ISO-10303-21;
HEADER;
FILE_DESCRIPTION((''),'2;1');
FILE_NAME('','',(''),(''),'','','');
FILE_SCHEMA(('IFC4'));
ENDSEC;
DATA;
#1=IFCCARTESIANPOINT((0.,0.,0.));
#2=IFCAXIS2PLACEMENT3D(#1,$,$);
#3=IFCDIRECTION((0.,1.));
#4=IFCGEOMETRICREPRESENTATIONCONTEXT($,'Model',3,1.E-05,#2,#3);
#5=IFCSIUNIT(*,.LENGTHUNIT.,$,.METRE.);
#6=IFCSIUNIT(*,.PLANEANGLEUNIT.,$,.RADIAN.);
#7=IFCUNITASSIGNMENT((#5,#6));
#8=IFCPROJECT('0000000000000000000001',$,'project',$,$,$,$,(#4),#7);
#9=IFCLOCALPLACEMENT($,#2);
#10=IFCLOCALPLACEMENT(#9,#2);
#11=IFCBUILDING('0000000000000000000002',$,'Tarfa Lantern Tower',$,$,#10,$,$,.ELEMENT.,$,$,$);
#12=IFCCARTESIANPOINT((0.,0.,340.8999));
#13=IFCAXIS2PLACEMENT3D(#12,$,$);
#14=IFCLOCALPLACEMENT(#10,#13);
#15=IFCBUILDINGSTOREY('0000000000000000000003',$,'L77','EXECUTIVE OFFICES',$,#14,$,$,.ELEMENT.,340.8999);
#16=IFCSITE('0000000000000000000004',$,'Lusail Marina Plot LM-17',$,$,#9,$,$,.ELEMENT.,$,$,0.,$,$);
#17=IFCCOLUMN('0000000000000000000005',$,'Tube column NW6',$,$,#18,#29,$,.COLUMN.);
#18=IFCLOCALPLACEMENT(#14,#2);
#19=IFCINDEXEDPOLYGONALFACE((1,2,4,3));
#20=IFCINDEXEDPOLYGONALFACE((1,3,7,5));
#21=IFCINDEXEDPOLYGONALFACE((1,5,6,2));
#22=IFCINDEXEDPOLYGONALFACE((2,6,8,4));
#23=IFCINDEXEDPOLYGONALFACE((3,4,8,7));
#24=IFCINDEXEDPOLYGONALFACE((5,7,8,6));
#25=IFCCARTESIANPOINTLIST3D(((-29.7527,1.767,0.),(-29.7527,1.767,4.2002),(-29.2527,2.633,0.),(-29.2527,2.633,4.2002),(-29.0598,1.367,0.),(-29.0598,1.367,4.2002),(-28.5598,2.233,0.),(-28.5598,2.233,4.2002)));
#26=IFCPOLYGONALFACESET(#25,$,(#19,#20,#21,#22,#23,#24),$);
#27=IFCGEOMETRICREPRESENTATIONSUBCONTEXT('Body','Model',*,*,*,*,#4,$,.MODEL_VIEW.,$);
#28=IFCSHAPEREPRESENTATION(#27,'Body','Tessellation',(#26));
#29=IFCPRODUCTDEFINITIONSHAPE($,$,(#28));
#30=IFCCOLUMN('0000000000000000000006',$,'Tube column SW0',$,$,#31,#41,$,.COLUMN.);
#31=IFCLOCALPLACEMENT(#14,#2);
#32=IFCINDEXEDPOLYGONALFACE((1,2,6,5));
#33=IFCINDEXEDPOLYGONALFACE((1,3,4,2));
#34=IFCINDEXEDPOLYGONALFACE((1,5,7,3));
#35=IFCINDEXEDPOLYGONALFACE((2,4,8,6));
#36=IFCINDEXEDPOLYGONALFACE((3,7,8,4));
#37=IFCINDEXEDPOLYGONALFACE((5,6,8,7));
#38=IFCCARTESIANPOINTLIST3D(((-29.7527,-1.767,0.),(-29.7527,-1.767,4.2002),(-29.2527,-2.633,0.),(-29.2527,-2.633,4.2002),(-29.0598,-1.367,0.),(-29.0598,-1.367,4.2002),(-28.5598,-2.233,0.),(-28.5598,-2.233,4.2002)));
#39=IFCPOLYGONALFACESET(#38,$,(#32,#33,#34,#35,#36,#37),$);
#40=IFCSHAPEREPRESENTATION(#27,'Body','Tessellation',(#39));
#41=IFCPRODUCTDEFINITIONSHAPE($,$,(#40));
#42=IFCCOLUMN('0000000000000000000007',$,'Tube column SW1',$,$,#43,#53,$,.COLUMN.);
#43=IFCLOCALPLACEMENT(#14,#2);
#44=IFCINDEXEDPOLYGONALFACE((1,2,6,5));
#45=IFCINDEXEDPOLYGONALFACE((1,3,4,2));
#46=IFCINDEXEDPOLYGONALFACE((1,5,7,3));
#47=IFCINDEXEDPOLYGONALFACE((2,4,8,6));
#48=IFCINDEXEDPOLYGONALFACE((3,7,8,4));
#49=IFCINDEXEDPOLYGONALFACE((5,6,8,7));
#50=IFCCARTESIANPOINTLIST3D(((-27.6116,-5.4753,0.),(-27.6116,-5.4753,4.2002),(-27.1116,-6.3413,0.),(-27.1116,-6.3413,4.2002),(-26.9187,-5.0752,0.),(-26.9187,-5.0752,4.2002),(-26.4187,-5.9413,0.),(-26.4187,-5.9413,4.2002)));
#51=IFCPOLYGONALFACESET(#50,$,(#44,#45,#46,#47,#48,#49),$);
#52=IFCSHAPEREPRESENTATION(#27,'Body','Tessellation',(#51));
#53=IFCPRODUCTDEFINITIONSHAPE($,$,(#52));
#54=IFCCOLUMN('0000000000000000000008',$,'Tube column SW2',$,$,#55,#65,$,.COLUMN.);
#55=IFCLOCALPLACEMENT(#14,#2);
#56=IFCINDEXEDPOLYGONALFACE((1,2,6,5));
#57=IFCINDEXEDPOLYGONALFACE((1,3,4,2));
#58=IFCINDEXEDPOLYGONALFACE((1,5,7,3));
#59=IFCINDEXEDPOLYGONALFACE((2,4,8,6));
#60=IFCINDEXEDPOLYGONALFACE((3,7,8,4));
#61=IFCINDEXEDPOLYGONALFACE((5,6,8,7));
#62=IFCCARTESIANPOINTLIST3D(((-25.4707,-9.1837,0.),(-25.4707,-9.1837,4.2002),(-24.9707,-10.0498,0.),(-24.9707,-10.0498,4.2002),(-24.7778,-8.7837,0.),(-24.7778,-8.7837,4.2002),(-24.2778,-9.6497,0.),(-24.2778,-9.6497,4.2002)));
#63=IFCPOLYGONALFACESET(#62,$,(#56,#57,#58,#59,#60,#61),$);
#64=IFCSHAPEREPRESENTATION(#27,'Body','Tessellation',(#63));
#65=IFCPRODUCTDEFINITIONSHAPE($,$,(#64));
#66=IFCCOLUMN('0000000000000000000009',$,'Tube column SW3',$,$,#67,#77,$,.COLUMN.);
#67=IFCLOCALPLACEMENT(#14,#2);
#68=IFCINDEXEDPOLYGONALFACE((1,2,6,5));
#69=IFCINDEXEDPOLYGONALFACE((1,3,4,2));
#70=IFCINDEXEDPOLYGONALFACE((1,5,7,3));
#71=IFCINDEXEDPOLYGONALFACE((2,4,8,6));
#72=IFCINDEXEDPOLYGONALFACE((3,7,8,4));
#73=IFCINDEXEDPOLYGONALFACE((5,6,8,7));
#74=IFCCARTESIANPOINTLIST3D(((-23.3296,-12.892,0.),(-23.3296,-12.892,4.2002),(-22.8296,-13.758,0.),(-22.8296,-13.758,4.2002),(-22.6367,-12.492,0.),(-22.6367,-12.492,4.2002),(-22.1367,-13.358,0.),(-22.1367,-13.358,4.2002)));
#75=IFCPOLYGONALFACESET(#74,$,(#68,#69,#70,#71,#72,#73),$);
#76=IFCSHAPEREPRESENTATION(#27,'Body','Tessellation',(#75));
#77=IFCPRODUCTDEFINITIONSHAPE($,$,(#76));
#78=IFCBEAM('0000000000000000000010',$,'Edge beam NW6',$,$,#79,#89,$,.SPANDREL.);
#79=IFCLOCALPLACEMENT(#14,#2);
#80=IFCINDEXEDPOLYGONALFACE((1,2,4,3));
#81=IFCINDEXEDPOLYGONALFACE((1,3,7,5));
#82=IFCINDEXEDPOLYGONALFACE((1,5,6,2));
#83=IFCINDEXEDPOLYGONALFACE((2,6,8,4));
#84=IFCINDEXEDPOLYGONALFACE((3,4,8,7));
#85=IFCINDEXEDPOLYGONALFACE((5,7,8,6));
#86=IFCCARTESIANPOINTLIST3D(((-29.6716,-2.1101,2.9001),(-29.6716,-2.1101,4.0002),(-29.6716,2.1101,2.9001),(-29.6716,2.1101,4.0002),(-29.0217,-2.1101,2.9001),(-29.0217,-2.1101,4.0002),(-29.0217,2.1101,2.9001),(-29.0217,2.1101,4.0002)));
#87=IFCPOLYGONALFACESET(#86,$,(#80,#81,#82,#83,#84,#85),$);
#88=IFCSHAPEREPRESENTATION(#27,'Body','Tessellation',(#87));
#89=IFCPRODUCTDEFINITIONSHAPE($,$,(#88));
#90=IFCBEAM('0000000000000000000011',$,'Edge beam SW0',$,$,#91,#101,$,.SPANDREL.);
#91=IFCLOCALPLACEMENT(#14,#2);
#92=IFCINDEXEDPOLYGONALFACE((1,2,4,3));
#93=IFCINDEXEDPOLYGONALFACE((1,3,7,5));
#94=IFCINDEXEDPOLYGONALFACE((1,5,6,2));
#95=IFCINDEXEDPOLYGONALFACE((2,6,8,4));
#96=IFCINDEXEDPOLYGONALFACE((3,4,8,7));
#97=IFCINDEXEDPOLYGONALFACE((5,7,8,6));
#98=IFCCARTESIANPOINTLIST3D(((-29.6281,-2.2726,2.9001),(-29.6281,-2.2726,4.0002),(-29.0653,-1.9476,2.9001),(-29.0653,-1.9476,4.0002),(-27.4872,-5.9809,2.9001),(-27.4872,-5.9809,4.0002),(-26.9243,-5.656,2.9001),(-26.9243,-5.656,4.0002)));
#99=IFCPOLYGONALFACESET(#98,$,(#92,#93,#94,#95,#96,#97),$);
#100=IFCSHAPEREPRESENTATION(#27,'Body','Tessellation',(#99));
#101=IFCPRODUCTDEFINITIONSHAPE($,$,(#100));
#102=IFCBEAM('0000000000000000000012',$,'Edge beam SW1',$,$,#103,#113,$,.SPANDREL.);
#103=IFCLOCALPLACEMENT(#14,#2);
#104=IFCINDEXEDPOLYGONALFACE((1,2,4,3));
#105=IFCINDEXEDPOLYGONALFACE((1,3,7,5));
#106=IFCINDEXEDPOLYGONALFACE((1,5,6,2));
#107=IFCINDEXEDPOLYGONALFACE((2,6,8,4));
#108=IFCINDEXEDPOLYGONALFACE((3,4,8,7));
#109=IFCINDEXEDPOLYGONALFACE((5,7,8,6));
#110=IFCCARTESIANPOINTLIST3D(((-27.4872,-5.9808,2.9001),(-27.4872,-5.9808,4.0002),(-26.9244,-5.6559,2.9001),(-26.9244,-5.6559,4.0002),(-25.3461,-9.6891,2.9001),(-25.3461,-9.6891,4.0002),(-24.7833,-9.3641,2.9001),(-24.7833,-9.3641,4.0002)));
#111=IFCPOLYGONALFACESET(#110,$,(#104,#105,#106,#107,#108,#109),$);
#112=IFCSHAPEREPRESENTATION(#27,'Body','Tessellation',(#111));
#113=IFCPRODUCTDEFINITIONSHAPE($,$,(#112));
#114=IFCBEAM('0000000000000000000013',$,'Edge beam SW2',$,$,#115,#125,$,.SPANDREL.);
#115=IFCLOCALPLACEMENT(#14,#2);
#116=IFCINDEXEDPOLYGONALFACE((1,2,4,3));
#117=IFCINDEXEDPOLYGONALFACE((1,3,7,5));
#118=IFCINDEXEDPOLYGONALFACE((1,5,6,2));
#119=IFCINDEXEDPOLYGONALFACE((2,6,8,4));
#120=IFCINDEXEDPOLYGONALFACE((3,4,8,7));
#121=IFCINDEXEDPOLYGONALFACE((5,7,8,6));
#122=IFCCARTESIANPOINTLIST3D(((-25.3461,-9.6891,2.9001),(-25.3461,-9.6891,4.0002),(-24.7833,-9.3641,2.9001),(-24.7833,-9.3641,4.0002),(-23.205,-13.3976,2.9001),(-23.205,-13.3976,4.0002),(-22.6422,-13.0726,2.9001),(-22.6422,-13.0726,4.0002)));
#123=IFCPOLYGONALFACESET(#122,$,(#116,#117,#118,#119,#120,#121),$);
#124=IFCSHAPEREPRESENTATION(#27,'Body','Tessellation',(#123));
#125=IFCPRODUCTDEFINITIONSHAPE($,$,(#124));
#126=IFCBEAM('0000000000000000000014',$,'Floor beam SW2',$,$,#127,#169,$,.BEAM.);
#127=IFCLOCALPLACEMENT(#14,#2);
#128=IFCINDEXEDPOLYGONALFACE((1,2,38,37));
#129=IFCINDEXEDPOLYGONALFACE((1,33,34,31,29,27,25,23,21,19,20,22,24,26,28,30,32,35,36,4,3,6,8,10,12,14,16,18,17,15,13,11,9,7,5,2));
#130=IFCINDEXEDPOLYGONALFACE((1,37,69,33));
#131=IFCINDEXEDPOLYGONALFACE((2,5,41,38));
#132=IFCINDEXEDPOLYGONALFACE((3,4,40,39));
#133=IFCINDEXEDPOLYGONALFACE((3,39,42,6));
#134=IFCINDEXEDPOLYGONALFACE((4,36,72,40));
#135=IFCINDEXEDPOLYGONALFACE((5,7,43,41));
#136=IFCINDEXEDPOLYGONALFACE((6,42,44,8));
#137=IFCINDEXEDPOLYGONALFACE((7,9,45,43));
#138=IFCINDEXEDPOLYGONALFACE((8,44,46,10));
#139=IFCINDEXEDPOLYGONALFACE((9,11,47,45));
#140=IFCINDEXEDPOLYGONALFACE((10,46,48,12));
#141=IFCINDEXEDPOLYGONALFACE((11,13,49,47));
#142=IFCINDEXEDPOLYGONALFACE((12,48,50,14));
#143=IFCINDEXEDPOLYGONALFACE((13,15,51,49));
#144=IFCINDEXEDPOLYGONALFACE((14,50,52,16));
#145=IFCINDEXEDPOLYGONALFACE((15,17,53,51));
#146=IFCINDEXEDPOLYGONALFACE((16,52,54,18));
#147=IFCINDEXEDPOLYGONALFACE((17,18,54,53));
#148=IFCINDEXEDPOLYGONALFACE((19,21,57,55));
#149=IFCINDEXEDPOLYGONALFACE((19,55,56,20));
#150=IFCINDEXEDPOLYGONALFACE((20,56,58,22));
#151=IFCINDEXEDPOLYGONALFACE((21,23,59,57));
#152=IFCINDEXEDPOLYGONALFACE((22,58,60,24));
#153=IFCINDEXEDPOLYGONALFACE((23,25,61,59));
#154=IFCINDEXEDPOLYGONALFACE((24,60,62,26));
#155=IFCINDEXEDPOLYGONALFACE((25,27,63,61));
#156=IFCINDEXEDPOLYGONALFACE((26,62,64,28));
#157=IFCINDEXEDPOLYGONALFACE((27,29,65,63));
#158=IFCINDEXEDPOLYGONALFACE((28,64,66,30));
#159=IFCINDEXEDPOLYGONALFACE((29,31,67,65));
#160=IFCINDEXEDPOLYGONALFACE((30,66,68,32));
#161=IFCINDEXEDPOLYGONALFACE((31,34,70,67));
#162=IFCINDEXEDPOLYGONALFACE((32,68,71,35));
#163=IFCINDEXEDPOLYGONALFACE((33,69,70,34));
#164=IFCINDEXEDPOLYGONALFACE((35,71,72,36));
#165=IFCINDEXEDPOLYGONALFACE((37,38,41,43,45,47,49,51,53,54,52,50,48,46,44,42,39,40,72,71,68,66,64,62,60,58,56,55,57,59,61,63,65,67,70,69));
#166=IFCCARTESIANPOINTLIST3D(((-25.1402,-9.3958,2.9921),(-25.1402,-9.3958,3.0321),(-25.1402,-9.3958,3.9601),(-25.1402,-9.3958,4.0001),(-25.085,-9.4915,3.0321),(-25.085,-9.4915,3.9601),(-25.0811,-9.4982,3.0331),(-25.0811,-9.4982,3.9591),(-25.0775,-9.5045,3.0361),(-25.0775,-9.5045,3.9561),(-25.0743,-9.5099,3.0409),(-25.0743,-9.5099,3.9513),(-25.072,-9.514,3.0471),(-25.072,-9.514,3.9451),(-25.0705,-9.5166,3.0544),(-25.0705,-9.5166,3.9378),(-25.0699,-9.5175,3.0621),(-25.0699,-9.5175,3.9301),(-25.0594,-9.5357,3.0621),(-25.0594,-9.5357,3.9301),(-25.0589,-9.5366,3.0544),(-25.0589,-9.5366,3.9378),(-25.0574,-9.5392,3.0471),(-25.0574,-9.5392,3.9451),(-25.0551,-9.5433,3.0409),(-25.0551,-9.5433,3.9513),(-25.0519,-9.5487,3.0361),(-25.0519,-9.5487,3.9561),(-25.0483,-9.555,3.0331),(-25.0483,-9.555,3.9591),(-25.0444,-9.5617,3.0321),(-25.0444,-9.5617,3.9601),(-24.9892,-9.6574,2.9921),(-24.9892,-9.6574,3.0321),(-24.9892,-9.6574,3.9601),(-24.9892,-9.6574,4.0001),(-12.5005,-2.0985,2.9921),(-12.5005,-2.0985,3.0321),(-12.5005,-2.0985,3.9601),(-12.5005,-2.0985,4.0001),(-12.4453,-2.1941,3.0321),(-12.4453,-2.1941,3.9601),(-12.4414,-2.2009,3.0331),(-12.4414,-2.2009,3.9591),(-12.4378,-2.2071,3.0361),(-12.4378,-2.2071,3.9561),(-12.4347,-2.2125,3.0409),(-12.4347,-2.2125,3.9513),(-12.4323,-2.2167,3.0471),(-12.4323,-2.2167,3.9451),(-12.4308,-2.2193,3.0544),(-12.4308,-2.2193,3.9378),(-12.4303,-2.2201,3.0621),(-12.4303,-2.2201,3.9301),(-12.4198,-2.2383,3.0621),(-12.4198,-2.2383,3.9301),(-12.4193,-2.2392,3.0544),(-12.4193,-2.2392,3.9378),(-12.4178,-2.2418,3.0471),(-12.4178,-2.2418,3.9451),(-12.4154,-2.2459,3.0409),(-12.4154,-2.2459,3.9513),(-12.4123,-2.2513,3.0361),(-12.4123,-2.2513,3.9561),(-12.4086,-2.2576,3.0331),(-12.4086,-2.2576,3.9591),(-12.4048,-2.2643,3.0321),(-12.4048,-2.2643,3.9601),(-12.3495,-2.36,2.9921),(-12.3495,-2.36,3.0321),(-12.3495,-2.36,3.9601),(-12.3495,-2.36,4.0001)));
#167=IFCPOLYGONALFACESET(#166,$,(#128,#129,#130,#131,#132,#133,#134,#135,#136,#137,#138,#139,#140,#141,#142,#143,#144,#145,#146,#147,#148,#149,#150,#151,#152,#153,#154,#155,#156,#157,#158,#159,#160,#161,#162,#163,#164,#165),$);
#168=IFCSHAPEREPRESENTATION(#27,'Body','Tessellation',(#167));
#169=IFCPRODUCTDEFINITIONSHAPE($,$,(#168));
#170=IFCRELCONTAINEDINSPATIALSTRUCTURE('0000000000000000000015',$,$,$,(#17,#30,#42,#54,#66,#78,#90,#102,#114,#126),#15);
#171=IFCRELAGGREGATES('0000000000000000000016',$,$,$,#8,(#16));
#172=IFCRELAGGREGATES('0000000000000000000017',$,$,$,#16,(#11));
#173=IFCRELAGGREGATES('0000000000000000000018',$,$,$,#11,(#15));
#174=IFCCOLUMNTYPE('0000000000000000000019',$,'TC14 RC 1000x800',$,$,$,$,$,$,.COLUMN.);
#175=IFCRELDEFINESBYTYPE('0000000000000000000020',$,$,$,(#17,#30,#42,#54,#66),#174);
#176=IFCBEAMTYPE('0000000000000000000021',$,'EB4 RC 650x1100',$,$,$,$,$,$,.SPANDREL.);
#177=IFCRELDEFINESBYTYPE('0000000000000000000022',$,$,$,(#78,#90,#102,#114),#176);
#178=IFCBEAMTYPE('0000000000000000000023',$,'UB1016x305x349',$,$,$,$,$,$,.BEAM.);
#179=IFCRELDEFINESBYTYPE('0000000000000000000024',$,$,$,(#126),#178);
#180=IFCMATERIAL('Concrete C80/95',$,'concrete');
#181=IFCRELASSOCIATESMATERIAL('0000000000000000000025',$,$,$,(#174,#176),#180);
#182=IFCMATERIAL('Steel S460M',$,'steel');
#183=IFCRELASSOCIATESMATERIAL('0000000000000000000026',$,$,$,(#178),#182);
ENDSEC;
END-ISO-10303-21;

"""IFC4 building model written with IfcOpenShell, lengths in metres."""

from ifc_helpers import new_model, si_unit, direction, frame, origin, origin_2d, place, context, subcontext, project, spatial, rectangle, i_section, extrude, material, material_profile, profile_set, type_object, element, save


model = new_model("IFC4")

# Units and contexts
model_context = context("Model", 3, precision=1e-05, world=origin(), true_north=direction((0.0, 1.0)))
body_context = subcontext(model_context, "Body", "Model", "MODEL_VIEW")
ifc_project = project(units=[si_unit("LENGTHUNIT", "METRE"), si_unit("PLANEANGLEUNIT", "RADIAN")], contexts=[model_context])

# Site, building, storey
site_placement = place(None, origin())
site = spatial("IfcSite", under=ifc_project, at=site_placement, Name="Lusail Marina Plot LM-17", CompositionType="ELEMENT", RefElevation=0.0)
building_placement = place(site_placement, origin())
building = spatial("IfcBuilding", under=site, at=building_placement, Name="Tarfa Lantern Tower", CompositionType="ELEMENT")
storey_placement = place(building_placement, frame((0.0, 0.0, 340.8999)))
storey = spatial("IfcBuildingStorey", under=building, at=storey_placement, Name="L77", Description="EXECUTIVE OFFICES", CompositionType="ELEMENT", Elevation=340.8999)

# Columns
ifc_material_1 = material(Name="Concrete C80/95", Category="concrete")
ifc_material_profile_1 = material_profile(ifc_material_1, rectangle(XDim=1.0, YDim=0.8, at=origin_2d()), Name="RC 1000x800")
ifc_profile_set_1 = profile_set([ifc_material_profile_1], Name="Concrete C80/95")
column_type = type_object("IfcColumnType", Name="TC14 RC 1000x800", PredefinedType="COLUMN", material=ifc_profile_set_1)
for number, where, z_axis, x_axis, name in (
    (1, (-29.1562, 2.0, 0.0), (0.0, 0.0, 1.0), (-0.5, -0.866025, 0.0), "Tube column NW6"),
    (2, (-29.1562, -2.0, 0.0), (0.0, 0.0, 1.0), (0.5, -0.866025, 0.0), "Tube column SW0"),
    (3, (-27.0151, -5.7083, 0.0), (0.0, 0.0, 1.0), (0.5, -0.866025, 0.0), "Tube column SW1"),
    (4, (-24.8743, -9.4167, 0.0), (0.0, 0.0, 1.0), (0.5, -0.866025, 0.0), "Tube column SW2"),
    (5, (-22.7332, -13.125, 0.0), (0.0, 0.0, 1.0), (0.5, -0.866025, 0.0), "Tube column SW3"),
):
    element("IfcColumn", number, at=place(storey_placement, frame(where, z_axis=z_axis, x_axis=x_axis)), inside=storey, type_object=column_type, Name=name, PredefinedType="COLUMN", context=body_context, shape_type="SweptSolid", body=[
        extrude(rectangle(XDim=1.0, YDim=0.8, at=origin_2d()), origin(), (0.0, 0.0, 1.0), 4.2002),
    ])

# Beams
ifc_material_profile_2 = material_profile(ifc_material_1, rectangle(XDim=0.6499, YDim=1.1001, at=origin_2d()), Name="RC 650x1100")
ifc_profile_set_2 = profile_set([ifc_material_profile_2], Name="Concrete C80/95")
beam_type_1 = type_object("IfcBeamType", Name="EB4 RC 650x1100", PredefinedType="SPANDREL", material=ifc_profile_set_2)
beam_1_placement = place(storey_placement, frame((-29.3467, 2.1101, 3.4502), z_axis=(0.0, -1.0, 0.0), x_axis=(1.0, 0.0, 0.0)))
element("IfcBeam", 6, at=beam_1_placement, inside=storey, type_object=beam_type_1, Name="Edge beam NW6", PredefinedType="SPANDREL", context=body_context, shape_type="SweptSolid", body=[
    extrude(rectangle(XDim=0.6499, YDim=1.1001, at=origin_2d()), origin(), (0.0, 0.0, 1.0), 4.2202),
])
for number, where, z_axis, x_axis, name in (
    (7, (-29.3467, -2.1101, 3.4502), (0.499984, -0.866035, 0.0), (0.866035, 0.499984, 0.0), "Edge beam SW0"),
    (8, (-27.2058, -5.8184, 3.4502), (0.500027, -0.86601, 0.0), (0.86601, 0.500027, 0.0), "Edge beam SW1"),
):
    element("IfcBeam", number, at=place(storey_placement, frame(where, z_axis=z_axis, x_axis=x_axis)), inside=storey, type_object=beam_type_1, Name=name, PredefinedType="SPANDREL", context=body_context, shape_type="SweptSolid", body=[
        extrude(rectangle(XDim=0.6499, YDim=1.1001, at=origin_2d()), origin(), (0.0, 0.0, 1.0), 4.282),
    ])
beam_2_placement = place(storey_placement, frame((-25.0647, -9.5266, 3.4502), z_axis=(0.500002, -0.866024, 0.0), x_axis=(0.866024, 0.500002, 0.0)))
element("IfcBeam", 9, at=beam_2_placement, inside=storey, type_object=beam_type_1, Name="Edge beam SW2", PredefinedType="SPANDREL", context=body_context, shape_type="SweptSolid", body=[
    extrude(rectangle(XDim=0.6499, YDim=1.1001, at=origin_2d()), origin(), (0.0, 0.0, 1.0), 4.2822),
])
ifc_material_2 = material(Name="Steel S460M", Category="steel")
ifc_material_profile_3 = material_profile(ifc_material_2, i_section(OverallWidth=0.302, OverallDepth=1.0081, WebThickness=0.021, FlangeThickness=0.04, FilletRadius=0.03, at=origin_2d()), Name="UB1016x305x349")
ifc_profile_set_3 = profile_set([ifc_material_profile_3], Name="Steel S460M")
beam_type_2 = type_object("IfcBeamType", Name="UB1016x305x349", PredefinedType="BEAM", material=ifc_profile_set_3)
beam_3_placement = place(storey_placement, frame((-25.0647, -9.5266, 3.4961), z_axis=(0.86603, 0.499993, 0.0), x_axis=(-0.499993, 0.86603, 0.0)))
element("IfcBeam", 10, at=beam_3_placement, inside=storey, type_object=beam_type_2, Name="Floor beam SW2", PredefinedType="BEAM", context=body_context, shape_type="SweptSolid", body=[
    extrude(i_section(OverallWidth=0.302, OverallDepth=1.0081, WebThickness=0.021, FlangeThickness=0.04, FilletRadius=0.03, at=origin_2d()), origin(), (0.0, 0.0, 1.0), 14.595),
])

save(model, "model.ifc")
